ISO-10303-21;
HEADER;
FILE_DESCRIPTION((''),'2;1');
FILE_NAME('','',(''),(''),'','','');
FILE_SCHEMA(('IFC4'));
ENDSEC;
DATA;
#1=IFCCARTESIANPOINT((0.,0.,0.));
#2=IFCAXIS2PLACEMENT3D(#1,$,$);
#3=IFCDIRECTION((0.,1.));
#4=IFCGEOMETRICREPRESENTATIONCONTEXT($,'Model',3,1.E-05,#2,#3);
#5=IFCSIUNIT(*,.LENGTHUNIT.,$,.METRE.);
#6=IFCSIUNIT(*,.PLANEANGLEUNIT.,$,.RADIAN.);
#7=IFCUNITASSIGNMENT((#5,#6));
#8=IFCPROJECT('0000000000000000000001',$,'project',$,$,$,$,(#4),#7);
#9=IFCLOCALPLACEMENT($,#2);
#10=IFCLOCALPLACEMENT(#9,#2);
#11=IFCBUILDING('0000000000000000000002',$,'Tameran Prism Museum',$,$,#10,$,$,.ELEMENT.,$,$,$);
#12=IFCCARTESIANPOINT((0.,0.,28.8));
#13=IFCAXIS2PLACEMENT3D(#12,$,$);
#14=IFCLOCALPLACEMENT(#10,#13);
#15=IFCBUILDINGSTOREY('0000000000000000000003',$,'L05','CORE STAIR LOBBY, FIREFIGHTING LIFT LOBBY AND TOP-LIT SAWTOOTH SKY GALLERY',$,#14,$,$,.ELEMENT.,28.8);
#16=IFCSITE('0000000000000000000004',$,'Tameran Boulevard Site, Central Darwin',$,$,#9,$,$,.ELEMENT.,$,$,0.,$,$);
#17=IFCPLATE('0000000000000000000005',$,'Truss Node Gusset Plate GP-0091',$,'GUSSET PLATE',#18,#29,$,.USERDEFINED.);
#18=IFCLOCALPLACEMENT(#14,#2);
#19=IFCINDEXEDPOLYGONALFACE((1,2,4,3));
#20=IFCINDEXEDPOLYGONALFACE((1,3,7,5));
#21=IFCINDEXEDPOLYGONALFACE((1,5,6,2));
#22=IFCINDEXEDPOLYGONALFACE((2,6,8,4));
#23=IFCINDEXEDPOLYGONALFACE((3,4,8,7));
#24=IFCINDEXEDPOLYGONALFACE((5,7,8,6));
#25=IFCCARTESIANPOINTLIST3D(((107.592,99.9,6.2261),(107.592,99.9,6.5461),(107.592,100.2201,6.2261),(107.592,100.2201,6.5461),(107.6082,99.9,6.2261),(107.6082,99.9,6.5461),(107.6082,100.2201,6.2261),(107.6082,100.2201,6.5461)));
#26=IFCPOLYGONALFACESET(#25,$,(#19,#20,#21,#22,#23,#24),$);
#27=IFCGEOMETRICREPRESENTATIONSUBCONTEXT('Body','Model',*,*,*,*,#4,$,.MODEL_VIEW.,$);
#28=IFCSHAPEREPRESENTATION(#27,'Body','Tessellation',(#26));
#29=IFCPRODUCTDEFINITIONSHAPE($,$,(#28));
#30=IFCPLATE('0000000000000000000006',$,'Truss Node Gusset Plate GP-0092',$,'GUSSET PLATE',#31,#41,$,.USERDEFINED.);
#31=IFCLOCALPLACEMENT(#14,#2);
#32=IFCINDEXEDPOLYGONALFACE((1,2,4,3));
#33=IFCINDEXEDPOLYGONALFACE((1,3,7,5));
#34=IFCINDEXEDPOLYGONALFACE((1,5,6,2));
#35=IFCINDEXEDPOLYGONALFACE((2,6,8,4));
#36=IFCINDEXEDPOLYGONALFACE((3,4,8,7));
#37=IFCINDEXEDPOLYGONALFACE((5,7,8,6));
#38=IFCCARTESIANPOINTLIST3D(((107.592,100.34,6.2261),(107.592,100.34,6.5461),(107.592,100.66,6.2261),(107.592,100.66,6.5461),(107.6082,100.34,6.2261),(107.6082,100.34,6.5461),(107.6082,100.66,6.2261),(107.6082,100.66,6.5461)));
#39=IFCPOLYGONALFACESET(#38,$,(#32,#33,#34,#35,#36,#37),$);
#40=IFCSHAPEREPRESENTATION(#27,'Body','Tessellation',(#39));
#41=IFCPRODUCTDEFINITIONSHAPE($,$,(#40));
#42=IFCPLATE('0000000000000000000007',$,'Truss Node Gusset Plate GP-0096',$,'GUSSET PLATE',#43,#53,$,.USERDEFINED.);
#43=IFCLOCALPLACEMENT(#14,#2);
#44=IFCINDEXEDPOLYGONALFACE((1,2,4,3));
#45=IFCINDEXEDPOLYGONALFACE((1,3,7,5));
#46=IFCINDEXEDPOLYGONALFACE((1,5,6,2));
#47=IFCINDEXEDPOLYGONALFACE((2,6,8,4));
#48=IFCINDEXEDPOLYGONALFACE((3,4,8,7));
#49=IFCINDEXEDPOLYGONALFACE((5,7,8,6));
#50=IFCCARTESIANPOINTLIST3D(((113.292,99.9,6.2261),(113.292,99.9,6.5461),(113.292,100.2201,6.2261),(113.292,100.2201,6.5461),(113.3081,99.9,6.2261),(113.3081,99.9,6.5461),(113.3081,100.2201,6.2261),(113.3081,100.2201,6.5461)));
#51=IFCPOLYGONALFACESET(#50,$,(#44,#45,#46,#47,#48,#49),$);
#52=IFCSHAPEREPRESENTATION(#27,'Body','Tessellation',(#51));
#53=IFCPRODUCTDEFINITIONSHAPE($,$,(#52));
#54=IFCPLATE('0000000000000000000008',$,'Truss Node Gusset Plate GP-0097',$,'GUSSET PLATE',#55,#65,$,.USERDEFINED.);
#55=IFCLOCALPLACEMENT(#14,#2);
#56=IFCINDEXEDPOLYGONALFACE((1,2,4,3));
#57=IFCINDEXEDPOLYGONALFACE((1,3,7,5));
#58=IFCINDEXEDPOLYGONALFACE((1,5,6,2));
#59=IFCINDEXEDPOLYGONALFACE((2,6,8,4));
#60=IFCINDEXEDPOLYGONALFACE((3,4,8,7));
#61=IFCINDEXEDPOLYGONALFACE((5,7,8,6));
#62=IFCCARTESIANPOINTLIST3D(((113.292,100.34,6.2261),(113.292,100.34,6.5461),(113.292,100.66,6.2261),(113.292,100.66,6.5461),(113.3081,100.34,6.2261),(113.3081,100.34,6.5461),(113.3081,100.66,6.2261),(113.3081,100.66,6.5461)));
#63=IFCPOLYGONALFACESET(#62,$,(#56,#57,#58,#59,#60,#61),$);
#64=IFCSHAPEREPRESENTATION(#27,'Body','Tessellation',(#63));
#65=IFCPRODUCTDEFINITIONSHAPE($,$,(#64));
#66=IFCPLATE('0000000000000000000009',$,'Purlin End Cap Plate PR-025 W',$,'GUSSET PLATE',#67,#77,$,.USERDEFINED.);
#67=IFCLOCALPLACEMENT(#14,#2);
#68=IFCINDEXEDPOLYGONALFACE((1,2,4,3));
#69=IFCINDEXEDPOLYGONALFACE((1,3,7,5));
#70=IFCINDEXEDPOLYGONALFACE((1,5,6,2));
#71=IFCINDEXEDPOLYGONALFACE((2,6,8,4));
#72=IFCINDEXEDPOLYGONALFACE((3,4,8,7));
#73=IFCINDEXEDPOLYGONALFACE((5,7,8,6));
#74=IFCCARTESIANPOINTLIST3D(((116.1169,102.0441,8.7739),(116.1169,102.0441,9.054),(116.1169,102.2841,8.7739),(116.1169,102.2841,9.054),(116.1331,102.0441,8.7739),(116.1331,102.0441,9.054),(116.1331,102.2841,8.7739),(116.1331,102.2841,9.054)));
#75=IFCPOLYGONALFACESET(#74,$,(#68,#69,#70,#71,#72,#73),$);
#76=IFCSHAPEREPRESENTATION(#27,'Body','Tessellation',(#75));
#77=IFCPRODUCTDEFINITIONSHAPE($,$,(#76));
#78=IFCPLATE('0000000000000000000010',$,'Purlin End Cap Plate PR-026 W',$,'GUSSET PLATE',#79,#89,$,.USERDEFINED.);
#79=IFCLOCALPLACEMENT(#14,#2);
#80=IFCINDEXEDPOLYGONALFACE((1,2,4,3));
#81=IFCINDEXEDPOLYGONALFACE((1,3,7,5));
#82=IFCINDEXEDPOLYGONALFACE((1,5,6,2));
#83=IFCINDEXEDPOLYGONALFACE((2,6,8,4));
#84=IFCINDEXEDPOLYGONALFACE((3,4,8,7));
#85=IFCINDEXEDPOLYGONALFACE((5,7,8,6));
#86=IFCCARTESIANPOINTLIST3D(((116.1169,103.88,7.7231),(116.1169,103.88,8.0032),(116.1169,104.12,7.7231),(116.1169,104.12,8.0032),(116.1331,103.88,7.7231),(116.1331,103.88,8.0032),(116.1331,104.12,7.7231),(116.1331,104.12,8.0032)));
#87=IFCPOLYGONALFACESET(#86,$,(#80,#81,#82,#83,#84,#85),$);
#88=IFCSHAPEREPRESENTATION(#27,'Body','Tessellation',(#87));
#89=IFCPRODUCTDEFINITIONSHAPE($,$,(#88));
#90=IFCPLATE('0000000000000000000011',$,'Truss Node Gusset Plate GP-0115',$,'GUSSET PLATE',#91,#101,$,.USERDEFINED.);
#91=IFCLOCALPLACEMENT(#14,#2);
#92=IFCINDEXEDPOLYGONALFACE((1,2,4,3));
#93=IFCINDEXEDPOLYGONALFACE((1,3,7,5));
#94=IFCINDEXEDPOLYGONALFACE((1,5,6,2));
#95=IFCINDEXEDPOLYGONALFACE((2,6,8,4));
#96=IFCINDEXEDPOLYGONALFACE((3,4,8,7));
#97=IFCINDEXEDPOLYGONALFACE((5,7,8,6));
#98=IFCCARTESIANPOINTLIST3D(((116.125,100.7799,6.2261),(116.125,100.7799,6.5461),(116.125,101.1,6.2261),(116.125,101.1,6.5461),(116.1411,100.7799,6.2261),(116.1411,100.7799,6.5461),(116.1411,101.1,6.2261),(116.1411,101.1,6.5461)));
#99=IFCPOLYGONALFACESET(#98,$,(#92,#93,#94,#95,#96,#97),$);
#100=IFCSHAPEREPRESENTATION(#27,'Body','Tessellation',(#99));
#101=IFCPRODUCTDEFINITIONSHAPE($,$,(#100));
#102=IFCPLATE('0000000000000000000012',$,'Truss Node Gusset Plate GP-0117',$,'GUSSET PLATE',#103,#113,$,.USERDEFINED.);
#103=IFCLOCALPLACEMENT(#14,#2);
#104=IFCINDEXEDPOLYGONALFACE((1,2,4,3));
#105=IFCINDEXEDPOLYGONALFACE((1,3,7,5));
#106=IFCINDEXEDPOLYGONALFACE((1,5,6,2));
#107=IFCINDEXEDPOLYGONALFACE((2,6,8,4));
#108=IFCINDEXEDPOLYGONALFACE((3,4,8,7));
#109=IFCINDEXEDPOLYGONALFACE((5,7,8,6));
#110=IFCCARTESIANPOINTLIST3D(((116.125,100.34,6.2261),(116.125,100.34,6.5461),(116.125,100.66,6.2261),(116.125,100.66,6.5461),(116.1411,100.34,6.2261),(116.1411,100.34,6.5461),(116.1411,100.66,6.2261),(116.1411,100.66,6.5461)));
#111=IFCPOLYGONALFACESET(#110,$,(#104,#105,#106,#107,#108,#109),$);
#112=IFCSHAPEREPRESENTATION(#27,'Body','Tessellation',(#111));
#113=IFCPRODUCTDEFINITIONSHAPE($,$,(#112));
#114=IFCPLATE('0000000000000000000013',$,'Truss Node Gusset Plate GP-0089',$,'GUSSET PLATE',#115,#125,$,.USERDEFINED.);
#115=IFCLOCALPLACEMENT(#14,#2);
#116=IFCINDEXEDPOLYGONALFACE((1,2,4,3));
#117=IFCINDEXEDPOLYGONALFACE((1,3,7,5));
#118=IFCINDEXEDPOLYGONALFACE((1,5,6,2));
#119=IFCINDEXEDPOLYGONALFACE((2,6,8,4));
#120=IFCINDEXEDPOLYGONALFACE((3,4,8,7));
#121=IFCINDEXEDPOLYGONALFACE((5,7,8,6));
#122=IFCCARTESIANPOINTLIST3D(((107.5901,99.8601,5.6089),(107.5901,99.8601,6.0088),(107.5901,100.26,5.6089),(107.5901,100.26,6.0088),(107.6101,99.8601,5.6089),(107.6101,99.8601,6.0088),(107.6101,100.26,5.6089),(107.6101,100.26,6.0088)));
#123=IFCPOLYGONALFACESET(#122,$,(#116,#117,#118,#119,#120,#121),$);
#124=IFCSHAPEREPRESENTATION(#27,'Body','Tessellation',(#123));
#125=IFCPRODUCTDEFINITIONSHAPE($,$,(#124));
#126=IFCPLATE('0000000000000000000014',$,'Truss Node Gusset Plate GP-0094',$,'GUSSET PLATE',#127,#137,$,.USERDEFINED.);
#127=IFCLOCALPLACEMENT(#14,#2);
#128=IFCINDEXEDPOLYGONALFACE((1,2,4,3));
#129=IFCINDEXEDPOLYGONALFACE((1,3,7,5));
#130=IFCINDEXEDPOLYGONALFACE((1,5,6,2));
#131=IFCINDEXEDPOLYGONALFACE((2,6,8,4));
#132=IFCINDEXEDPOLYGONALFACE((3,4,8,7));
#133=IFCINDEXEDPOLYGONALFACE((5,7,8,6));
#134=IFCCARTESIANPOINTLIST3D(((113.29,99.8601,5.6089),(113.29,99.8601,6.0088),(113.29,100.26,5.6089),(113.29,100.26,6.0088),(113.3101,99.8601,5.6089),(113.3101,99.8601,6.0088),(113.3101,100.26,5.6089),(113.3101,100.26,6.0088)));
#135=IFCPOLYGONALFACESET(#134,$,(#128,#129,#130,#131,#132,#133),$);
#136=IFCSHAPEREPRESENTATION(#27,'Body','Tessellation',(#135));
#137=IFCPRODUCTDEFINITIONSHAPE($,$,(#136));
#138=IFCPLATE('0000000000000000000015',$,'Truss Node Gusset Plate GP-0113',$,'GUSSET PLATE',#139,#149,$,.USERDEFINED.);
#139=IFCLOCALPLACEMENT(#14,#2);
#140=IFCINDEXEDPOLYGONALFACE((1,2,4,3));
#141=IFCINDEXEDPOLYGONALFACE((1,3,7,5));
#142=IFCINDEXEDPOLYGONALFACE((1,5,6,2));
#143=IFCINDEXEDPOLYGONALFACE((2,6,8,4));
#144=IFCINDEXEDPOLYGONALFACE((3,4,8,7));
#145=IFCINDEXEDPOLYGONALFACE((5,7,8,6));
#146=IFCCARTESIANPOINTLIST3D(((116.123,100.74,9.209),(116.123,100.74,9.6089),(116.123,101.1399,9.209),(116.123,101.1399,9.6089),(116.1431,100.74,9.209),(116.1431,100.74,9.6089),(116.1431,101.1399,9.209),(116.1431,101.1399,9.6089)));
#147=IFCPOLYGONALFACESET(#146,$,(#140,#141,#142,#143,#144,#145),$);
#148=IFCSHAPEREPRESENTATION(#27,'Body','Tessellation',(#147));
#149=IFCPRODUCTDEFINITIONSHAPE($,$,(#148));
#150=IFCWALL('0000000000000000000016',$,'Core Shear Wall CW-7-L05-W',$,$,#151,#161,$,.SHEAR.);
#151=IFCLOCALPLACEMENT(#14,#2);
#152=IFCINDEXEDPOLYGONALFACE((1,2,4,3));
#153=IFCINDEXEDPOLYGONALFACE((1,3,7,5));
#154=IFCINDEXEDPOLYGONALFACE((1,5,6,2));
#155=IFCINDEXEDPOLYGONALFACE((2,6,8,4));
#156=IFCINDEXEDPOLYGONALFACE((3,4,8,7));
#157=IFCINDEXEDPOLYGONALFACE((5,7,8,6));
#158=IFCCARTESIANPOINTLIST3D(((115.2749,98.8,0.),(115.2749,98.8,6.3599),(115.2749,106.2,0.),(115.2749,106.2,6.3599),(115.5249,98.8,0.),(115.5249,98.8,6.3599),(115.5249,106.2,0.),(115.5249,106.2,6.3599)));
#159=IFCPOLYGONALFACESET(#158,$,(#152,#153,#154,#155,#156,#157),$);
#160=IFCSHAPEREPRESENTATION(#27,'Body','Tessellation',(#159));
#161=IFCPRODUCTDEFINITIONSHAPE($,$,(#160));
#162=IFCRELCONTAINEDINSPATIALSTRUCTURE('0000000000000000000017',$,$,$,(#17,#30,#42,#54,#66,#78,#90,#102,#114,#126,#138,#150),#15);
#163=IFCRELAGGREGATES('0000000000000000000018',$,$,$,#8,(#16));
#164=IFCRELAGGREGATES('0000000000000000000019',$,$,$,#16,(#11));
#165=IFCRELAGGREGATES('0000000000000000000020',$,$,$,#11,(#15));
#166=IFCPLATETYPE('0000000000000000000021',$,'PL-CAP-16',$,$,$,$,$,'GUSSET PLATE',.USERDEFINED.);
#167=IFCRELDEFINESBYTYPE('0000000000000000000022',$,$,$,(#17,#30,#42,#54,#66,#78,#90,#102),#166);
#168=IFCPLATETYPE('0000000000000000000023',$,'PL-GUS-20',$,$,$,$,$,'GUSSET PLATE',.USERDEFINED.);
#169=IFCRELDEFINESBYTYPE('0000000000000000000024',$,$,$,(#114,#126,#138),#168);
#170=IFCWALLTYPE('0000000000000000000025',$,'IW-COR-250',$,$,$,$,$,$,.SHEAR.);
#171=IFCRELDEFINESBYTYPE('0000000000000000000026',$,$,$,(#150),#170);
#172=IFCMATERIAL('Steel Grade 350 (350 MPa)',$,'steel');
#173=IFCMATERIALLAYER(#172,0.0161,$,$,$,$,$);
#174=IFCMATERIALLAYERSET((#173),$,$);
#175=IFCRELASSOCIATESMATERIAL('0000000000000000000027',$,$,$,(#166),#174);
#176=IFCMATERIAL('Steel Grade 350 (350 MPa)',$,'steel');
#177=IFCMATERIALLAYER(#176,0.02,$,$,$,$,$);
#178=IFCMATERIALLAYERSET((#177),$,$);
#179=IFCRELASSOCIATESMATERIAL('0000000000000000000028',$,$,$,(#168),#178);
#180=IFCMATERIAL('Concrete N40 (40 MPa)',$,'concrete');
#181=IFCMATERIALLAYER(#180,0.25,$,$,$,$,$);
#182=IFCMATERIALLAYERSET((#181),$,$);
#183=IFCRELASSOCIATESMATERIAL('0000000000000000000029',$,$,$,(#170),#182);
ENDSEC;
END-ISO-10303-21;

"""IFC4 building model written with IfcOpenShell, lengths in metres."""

from ifc_helpers import new_model, si_unit, direction, frame, frame_2d, origin, origin_2d, place, context, subcontext, project, spatial, rectangle, extrude, material, layer, layer_set, type_object, element, save


model = new_model("IFC4")

# Units and contexts
model_context = context("Model", 3, precision=1e-05, world=origin(), true_north=direction((0.0, 1.0)))
body_context = subcontext(model_context, "Body", "Model", "MODEL_VIEW")
ifc_project = project(units=[si_unit("LENGTHUNIT", "METRE"), si_unit("PLANEANGLEUNIT", "RADIAN")], contexts=[model_context])

# Site, building, storey
site_placement = place(None, origin())
site = spatial("IfcSite", under=ifc_project, at=site_placement, Name="Tameran Boulevard Site, Central Darwin", CompositionType="ELEMENT", RefElevation=0.0)
building_placement = place(site_placement, origin())
building = spatial("IfcBuilding", under=site, at=building_placement, Name="Tameran Prism Museum", CompositionType="ELEMENT")
storey_placement = place(building_placement, frame((0.0, 0.0, 28.8)))
storey = spatial("IfcBuildingStorey", under=building, at=storey_placement, Name="L05", Description="CORE STAIR LOBBY, FIREFIGHTING LIFT LOBBY AND TOP-LIT SAWTOOTH SKY GALLERY", CompositionType="ELEMENT", Elevation=28.8)

# Plates
ifc_material_1 = material(Name="Steel Grade 350 (350 MPa)", Category="steel")
ifc_layer_1 = layer(ifc_material_1, 0.0161)
ifc_layer_set_1 = layer_set([ifc_layer_1])
plate_type_1 = type_object("IfcPlateType", Name="PL-CAP-16", ElementType="GUSSET PLATE", PredefinedType="USERDEFINED", material=ifc_layer_set_1)
for number, where, z_axis, x_axis, name in (
    (1, (107.6001, 100.0601, 6.2261), (0.0, 0.0, 1.0), (1.0, 0.0, 0.0), "Truss Node Gusset Plate GP-0091"),
    (2, (107.6001, 100.5, 6.2261), (0.0, 0.0, 1.0), (1.0, 0.0, 0.0), "Truss Node Gusset Plate GP-0092"),
    (3, (113.3, 100.0601, 6.2261), (0.0, 0.0, 1.0), (1.0, 0.0, 0.0), "Truss Node Gusset Plate GP-0096"),
    (4, (113.3, 100.5, 6.2261), (0.0, 0.0, 1.0), (1.0, 0.0, 0.0), "Truss Node Gusset Plate GP-0097"),
):
    element("IfcPlate", number, at=place(storey_placement, frame(where, z_axis=z_axis, x_axis=x_axis)), inside=storey, type_object=plate_type_1, Name=name, ObjectType="GUSSET PLATE", PredefinedType="USERDEFINED", context=body_context, shape_type="SweptSolid", body=[
        extrude(rectangle(XDim=0.0161, YDim=0.3201, at=origin_2d()), origin(), (0.0, 0.0, 1.0), 0.3201),
    ])
for number, where, z_axis, x_axis, name in (
    (5, (116.125, 102.1641, 8.7739), (0.0, 0.0, 1.0), (1.0, 0.0, 0.0), "Purlin End Cap Plate PR-025 W"),
    (6, (116.125, 104.0, 7.7231), (0.0, 0.0, 1.0), (1.0, 0.0, 0.0), "Purlin End Cap Plate PR-026 W"),
):
    element("IfcPlate", number, at=place(storey_placement, frame(where, z_axis=z_axis, x_axis=x_axis)), inside=storey, type_object=plate_type_1, Name=name, ObjectType="GUSSET PLATE", PredefinedType="USERDEFINED", context=body_context, shape_type="SweptSolid", body=[
        extrude(rectangle(XDim=0.0161, YDim=0.24, at=origin_2d()), origin(), (0.0, 0.0, 1.0), 0.28),
    ])
for number, where, z_axis, x_axis, name in (
    (7, (116.1331, 100.9399, 6.2261), (0.0, 0.0, 1.0), (1.0, 0.0, 0.0), "Truss Node Gusset Plate GP-0115"),
    (8, (116.1331, 100.5, 6.2261), (0.0, 0.0, 1.0), (1.0, 0.0, 0.0), "Truss Node Gusset Plate GP-0117"),
):
    element("IfcPlate", number, at=place(storey_placement, frame(where, z_axis=z_axis, x_axis=x_axis)), inside=storey, type_object=plate_type_1, Name=name, ObjectType="GUSSET PLATE", PredefinedType="USERDEFINED", context=body_context, shape_type="SweptSolid", body=[
        extrude(rectangle(XDim=0.0161, YDim=0.3201, at=origin_2d()), origin(), (0.0, 0.0, 1.0), 0.3201),
    ])
ifc_material_2 = material(Name="Steel Grade 350 (350 MPa)", Category="steel")
ifc_layer_2 = layer(ifc_material_2, 0.02)
ifc_layer_set_2 = layer_set([ifc_layer_2])
plate_type_2 = type_object("IfcPlateType", Name="PL-GUS-20", ElementType="GUSSET PLATE", PredefinedType="USERDEFINED", material=ifc_layer_set_2)
for number, where, z_axis, x_axis, name in (
    (9, (107.6001, 100.0601, 5.6089), (0.0, 0.0, 1.0), (1.0, 0.0, 0.0), "Truss Node Gusset Plate GP-0089"),
    (10, (113.3, 100.0601, 5.6089), (0.0, 0.0, 1.0), (1.0, 0.0, 0.0), "Truss Node Gusset Plate GP-0094"),
    (11, (116.1331, 100.9399, 9.209), (0.0, 0.0, 1.0), (1.0, 0.0, 0.0), "Truss Node Gusset Plate GP-0113"),
):
    element("IfcPlate", number, at=place(storey_placement, frame(where, z_axis=z_axis, x_axis=x_axis)), inside=storey, type_object=plate_type_2, Name=name, ObjectType="GUSSET PLATE", PredefinedType="USERDEFINED", context=body_context, shape_type="SweptSolid", body=[
        extrude(rectangle(XDim=0.02, YDim=0.3999, at=origin_2d()), origin(), (0.0, 0.0, 1.0), 0.3999),
    ])

# Wall
ifc_material_3 = material(Name="Concrete N40 (40 MPa)", Category="concrete")
ifc_layer_3 = layer(ifc_material_3, 0.25)
ifc_layer_set_3 = layer_set([ifc_layer_3])
wall_type = type_object("IfcWallType", Name="IW-COR-250", PredefinedType="SHEAR", material=ifc_layer_set_3)
wall_placement = place(storey_placement, frame((115.3999, 98.8, 0.0), z_axis=(0.0, 0.0, 1.0), x_axis=(0.0, 1.0, 0.0)))
element("IfcWall", 12, at=wall_placement, inside=storey, type_object=wall_type, Name="Core Shear Wall CW-7-L05-W", PredefinedType="SHEAR", context=body_context, shape_type="SweptSolid", body=[
    extrude(rectangle(XDim=7.3999, YDim=0.25, at=frame_2d((3.7, 0.0))), origin(), (0.0, 0.0, 1.0), 6.3599),
])

save(model, "model.ifc")
